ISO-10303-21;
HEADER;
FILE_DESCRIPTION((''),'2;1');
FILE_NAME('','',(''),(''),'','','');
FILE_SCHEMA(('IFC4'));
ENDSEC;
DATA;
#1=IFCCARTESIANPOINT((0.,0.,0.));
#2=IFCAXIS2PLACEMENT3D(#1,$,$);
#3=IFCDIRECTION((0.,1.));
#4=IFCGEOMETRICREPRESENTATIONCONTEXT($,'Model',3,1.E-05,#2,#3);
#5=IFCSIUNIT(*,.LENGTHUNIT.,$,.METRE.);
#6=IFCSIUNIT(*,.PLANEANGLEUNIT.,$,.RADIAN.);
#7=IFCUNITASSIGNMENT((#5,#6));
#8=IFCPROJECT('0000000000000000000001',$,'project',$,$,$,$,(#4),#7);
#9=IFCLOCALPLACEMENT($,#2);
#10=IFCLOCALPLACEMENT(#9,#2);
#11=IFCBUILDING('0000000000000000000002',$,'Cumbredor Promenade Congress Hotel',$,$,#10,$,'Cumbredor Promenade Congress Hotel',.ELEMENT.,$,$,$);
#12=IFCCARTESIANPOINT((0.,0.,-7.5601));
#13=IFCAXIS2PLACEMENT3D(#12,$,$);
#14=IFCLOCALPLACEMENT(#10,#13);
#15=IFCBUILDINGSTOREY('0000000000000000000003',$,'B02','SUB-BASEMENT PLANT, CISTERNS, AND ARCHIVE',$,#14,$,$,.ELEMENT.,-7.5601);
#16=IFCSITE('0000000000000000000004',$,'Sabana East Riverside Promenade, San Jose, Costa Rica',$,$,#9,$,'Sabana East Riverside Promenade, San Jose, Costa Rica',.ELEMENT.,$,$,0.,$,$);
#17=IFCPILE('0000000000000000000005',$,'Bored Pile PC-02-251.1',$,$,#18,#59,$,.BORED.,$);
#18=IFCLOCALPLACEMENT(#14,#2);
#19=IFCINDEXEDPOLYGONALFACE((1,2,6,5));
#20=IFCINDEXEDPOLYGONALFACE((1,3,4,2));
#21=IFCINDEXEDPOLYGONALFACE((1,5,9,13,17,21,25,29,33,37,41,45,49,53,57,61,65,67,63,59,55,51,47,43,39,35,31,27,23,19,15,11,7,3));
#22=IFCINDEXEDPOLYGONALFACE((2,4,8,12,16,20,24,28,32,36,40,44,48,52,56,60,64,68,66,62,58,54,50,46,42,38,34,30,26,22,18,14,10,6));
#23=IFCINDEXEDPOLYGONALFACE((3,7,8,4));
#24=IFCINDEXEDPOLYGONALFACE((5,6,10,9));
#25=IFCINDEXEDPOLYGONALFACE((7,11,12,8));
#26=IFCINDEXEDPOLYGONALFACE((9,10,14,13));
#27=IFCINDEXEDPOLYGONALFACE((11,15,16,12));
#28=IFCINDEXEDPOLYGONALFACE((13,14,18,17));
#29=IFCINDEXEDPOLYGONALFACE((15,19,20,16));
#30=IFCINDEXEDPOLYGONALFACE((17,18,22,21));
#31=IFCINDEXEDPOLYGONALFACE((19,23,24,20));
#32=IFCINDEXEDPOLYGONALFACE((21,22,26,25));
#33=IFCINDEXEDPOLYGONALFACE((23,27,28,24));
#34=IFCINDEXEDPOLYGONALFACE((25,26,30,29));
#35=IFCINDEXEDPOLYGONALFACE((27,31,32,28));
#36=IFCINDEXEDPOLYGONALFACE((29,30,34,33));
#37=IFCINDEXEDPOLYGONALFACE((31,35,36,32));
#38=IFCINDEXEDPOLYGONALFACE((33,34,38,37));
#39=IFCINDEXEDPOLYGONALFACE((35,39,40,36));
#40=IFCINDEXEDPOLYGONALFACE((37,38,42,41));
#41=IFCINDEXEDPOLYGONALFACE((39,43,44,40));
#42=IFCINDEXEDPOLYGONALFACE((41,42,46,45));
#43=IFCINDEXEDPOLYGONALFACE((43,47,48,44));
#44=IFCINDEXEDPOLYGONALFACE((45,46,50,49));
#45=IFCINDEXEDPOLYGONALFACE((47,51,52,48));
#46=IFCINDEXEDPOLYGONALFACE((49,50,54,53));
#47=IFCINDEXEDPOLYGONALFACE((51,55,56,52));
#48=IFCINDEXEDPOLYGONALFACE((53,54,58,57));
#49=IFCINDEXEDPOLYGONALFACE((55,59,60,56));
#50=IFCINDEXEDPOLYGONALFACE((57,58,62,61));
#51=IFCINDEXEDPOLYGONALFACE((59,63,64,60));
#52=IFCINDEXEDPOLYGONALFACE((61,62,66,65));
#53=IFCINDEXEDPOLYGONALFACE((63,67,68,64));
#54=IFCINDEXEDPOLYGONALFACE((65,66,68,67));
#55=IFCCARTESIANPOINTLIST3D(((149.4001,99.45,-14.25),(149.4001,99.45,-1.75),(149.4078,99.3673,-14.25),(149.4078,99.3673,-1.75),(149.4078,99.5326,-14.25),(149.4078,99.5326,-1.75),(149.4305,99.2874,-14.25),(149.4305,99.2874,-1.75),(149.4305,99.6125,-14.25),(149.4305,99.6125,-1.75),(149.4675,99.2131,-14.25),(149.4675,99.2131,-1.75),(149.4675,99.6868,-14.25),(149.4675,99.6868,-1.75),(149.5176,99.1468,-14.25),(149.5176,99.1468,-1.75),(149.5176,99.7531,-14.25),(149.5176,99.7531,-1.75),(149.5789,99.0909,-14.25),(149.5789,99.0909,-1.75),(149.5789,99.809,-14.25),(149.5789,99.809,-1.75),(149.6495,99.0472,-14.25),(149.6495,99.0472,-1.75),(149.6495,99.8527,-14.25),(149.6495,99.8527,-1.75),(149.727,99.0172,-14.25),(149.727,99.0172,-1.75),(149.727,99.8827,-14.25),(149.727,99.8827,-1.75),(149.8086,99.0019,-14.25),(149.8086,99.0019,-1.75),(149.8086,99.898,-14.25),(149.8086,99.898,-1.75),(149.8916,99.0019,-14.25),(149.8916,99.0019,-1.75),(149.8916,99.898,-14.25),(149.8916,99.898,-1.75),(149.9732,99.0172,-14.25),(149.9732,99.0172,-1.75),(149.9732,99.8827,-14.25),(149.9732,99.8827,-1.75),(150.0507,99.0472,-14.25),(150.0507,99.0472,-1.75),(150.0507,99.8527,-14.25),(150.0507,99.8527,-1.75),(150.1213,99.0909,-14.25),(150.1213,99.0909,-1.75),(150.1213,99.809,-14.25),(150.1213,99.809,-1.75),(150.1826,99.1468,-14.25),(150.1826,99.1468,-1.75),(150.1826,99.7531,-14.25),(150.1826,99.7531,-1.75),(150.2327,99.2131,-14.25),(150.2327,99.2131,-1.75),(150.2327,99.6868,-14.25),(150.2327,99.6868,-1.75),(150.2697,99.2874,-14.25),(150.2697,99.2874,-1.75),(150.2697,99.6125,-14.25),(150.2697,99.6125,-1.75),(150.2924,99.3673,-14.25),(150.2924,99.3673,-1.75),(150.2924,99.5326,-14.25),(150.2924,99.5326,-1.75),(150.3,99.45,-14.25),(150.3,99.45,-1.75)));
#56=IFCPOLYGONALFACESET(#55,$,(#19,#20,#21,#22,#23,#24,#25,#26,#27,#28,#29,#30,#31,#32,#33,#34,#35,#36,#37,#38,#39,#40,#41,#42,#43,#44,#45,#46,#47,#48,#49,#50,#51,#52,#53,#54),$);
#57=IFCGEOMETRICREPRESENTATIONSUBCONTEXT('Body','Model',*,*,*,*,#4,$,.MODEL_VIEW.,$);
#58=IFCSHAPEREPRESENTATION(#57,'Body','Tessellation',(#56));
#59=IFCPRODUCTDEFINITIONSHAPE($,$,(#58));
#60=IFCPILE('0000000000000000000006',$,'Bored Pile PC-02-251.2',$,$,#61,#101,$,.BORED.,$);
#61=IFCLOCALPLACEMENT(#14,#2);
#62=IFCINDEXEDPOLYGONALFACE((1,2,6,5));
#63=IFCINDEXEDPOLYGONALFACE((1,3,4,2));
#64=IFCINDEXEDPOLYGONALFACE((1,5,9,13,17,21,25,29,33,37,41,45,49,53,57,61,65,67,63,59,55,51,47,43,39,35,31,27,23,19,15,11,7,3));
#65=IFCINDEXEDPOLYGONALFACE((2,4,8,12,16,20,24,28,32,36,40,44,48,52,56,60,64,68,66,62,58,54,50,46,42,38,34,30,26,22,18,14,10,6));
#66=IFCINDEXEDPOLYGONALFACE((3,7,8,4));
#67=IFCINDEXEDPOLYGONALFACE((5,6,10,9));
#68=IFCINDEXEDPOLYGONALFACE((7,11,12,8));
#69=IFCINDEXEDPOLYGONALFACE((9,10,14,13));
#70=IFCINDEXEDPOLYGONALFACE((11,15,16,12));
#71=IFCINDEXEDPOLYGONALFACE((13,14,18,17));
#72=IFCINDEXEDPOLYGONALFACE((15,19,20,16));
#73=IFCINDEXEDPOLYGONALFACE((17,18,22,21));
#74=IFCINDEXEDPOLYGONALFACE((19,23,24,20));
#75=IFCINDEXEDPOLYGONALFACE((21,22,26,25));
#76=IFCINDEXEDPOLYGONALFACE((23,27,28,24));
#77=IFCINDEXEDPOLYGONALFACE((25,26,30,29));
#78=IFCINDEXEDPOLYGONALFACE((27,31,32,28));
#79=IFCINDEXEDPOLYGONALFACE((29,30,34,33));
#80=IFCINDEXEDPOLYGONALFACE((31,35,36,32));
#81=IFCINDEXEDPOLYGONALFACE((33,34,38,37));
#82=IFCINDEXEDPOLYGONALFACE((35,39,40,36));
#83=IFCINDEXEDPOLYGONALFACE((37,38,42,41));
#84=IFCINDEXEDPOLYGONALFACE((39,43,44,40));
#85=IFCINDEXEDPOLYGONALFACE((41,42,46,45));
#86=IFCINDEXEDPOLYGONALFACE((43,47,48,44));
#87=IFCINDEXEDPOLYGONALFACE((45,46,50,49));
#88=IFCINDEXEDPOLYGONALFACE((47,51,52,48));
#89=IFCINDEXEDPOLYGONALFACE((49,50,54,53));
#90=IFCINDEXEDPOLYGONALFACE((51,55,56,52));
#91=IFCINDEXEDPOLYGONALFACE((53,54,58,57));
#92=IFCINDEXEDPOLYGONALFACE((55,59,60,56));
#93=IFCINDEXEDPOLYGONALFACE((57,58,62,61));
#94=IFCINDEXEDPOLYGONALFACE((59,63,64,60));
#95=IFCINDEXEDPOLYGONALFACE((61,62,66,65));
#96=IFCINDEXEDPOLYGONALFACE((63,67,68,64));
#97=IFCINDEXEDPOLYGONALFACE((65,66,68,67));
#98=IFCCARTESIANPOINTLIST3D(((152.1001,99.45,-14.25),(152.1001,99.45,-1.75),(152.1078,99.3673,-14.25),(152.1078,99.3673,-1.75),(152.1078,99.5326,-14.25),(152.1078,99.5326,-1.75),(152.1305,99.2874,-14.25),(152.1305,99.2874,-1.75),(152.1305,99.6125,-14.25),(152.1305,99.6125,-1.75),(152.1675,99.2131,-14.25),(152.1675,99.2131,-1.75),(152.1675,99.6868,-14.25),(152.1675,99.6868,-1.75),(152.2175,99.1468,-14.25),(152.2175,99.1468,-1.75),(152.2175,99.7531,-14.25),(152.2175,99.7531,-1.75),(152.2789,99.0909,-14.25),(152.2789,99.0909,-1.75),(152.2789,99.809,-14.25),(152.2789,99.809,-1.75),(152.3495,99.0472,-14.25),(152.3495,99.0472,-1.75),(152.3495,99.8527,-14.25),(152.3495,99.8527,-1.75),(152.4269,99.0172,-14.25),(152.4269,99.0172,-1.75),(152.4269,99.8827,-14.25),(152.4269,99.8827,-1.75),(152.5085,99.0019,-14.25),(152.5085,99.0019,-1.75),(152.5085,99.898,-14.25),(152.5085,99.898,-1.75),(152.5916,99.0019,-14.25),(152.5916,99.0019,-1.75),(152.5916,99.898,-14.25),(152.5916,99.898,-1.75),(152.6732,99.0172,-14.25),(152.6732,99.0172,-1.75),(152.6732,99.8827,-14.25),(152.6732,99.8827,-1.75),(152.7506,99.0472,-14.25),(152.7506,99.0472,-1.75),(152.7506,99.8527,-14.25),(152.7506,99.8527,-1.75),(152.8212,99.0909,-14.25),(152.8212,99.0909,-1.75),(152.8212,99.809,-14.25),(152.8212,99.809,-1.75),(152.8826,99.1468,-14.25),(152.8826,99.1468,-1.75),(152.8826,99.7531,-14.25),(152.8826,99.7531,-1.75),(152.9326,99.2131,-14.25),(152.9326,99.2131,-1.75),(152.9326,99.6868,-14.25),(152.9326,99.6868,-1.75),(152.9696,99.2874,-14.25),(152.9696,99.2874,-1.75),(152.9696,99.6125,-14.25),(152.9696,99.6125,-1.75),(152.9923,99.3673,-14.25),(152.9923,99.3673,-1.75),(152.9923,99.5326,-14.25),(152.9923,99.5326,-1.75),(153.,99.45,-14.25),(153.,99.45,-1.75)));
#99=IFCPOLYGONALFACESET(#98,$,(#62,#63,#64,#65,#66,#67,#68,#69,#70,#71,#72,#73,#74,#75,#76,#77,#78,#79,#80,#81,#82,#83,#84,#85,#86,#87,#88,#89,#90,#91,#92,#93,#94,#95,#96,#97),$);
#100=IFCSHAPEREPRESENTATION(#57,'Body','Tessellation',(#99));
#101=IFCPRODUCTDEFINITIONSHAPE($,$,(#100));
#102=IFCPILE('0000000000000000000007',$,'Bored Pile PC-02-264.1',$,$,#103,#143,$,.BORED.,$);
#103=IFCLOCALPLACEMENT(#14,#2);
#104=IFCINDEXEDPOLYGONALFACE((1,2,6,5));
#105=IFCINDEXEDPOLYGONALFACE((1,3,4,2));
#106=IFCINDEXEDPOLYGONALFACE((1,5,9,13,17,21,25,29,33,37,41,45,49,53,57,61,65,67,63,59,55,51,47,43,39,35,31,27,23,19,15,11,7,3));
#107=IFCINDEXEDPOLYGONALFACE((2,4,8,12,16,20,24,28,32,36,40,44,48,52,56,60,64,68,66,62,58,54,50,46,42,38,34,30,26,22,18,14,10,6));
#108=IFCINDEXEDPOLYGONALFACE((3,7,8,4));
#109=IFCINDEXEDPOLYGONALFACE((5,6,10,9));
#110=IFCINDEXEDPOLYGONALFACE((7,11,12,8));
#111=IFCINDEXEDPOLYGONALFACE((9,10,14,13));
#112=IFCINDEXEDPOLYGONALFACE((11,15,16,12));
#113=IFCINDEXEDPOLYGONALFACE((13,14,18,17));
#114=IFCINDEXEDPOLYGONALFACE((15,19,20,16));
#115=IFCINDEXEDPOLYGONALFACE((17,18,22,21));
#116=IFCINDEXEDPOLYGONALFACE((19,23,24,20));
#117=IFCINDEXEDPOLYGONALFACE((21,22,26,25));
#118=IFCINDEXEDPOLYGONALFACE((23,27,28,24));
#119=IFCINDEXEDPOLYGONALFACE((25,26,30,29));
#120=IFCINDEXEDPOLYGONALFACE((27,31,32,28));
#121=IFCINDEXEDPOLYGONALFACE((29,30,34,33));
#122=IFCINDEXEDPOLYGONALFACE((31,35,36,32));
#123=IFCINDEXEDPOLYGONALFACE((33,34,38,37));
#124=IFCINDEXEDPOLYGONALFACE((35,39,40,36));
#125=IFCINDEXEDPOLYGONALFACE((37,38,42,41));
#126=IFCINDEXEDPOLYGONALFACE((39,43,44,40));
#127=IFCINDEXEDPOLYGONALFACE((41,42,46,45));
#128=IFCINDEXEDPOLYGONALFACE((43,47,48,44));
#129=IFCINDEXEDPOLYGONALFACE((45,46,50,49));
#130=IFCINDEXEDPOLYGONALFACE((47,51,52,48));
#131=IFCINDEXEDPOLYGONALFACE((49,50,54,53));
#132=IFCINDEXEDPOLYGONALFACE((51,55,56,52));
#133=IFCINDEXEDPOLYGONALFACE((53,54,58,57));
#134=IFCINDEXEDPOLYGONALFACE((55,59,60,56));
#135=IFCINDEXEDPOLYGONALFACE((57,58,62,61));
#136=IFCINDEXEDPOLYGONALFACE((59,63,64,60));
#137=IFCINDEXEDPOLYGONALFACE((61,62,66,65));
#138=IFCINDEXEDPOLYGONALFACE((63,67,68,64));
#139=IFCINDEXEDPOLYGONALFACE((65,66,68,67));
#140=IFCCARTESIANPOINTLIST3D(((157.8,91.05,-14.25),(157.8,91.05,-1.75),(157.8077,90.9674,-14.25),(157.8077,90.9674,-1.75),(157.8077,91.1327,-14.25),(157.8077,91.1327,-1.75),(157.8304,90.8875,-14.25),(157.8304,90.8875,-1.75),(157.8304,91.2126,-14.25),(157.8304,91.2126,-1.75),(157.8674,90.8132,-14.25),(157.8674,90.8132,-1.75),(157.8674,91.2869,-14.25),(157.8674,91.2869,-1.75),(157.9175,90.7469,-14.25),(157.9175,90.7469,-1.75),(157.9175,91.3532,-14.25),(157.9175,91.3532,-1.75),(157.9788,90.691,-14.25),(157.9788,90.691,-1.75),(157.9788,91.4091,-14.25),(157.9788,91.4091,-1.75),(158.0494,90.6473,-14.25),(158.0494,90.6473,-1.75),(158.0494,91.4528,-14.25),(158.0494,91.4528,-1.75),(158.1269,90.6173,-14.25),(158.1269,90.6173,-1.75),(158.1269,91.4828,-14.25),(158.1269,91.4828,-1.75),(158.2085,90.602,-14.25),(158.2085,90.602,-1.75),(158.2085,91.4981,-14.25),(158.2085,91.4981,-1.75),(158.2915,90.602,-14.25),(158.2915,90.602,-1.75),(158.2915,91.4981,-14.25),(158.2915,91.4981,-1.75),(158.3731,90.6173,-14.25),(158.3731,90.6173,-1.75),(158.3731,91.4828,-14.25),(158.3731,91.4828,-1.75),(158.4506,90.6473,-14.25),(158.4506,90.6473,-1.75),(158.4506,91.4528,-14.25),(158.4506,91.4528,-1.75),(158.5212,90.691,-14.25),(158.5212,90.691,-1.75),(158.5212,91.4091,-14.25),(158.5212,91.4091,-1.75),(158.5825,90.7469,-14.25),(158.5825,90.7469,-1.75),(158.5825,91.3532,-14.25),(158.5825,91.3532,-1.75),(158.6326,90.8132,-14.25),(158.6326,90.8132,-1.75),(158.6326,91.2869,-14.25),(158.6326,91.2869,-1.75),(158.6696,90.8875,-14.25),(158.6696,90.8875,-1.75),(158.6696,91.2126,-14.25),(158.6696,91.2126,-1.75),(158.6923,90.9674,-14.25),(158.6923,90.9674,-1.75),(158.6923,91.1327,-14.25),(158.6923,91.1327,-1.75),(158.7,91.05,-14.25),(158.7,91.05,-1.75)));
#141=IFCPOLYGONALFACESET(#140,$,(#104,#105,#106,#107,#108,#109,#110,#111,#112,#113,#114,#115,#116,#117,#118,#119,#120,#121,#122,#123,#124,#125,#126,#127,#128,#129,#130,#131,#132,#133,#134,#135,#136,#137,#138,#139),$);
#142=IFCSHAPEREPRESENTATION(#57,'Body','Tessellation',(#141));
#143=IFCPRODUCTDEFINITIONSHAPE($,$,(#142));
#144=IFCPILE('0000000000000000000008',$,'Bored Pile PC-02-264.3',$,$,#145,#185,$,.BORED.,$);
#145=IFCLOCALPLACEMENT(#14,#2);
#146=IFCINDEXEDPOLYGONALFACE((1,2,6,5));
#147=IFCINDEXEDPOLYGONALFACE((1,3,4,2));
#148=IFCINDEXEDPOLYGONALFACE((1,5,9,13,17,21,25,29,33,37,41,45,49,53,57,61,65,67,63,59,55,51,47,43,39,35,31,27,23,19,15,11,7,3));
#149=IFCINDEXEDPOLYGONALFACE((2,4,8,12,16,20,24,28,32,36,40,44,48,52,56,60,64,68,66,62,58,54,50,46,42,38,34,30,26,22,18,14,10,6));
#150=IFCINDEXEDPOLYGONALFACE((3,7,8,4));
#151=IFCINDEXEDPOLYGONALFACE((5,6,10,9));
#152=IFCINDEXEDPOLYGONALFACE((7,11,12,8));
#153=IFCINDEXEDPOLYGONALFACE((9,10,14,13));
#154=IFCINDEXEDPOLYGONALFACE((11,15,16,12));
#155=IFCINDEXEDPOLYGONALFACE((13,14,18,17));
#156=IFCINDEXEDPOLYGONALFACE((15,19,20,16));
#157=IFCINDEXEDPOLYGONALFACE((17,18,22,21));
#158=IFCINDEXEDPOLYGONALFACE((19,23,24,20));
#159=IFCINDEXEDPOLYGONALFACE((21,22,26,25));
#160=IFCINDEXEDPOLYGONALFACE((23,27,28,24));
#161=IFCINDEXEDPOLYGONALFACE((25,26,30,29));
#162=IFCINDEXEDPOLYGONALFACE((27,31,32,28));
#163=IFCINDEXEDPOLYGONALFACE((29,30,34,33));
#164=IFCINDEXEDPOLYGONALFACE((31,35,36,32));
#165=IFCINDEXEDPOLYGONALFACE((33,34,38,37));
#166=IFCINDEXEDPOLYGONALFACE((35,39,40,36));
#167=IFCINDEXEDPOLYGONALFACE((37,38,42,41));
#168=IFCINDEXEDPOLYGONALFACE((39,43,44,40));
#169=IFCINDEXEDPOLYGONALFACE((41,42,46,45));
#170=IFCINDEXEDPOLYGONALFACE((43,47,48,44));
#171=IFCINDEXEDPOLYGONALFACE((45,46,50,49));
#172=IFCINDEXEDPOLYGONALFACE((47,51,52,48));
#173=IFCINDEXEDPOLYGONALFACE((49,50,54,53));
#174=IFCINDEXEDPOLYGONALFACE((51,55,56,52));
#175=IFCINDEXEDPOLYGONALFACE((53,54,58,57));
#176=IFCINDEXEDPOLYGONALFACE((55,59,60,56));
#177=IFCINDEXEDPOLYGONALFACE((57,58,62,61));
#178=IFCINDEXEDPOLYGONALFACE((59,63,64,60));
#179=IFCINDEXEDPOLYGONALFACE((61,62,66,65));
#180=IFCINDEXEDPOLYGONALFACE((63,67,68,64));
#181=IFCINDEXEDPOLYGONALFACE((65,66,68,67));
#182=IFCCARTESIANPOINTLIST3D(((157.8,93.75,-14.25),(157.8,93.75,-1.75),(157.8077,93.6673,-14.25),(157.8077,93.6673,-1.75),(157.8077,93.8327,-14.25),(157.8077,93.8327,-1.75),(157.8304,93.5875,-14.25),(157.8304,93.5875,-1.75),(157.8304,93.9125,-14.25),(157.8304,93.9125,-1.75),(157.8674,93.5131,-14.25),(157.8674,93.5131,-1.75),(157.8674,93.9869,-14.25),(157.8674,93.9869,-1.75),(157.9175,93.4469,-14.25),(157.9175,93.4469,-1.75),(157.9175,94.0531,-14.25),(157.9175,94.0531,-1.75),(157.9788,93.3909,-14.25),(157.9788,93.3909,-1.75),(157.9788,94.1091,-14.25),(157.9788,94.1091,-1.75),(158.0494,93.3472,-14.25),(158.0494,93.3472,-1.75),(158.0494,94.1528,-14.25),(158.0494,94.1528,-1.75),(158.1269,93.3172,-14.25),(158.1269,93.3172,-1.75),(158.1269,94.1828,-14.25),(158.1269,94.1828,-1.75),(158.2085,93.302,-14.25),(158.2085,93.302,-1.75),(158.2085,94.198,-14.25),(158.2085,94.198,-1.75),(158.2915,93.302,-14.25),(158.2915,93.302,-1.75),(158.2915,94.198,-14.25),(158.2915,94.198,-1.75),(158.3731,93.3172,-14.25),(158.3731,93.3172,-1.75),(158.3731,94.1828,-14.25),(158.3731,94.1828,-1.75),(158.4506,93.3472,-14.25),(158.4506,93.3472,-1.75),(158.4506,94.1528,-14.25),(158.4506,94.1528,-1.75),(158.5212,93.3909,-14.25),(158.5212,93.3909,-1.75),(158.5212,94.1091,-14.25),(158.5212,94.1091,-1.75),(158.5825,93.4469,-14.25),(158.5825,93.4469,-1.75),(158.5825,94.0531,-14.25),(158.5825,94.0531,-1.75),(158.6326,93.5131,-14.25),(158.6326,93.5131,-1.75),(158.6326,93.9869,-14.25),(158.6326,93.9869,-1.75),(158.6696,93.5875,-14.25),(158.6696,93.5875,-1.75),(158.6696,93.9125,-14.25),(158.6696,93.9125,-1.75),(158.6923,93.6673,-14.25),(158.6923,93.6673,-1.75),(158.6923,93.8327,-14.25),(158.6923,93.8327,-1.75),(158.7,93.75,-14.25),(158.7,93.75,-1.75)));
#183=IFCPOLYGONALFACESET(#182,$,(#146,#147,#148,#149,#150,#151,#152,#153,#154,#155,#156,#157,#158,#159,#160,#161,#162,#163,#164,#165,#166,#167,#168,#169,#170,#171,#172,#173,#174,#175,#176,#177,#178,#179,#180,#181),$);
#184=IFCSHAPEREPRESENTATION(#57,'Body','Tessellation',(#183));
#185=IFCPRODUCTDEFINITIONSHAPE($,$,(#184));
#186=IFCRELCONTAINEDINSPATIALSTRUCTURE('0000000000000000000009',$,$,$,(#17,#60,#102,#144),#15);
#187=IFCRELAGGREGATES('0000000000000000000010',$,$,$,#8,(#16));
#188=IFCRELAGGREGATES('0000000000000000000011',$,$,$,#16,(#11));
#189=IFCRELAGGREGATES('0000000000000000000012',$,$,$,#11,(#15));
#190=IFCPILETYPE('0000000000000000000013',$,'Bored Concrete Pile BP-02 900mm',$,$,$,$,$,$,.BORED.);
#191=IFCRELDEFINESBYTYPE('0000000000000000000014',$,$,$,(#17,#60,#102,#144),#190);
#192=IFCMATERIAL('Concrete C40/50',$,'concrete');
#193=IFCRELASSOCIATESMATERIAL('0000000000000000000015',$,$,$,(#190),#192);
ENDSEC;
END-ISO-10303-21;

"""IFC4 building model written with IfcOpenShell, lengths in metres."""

from ifc_helpers import new_model, si_unit, direction, frame, origin, origin_2d, place, context, subcontext, project, spatial, circle, extrude, material, material_profile, profile_set, type_object, element, save


model = new_model("IFC4")

# Units and contexts
model_context = context("Model", 3, precision=1e-05, world=origin(), true_north=direction((0.0, 1.0)))
body_context = subcontext(model_context, "Body", "Model", "MODEL_VIEW")
ifc_project = project(units=[si_unit("LENGTHUNIT", "METRE"), si_unit("PLANEANGLEUNIT", "RADIAN")], contexts=[model_context])

# Site, building, storey
site_placement = place(None, origin())
site = spatial("IfcSite", under=ifc_project, at=site_placement, Name="Sabana East Riverside Promenade, San Jose, Costa Rica", LongName="Sabana East Riverside Promenade, San Jose, Costa Rica", CompositionType="ELEMENT", RefElevation=0.0)
building_placement = place(site_placement, origin())
building = spatial("IfcBuilding", under=site, at=building_placement, Name="Cumbredor Promenade Congress Hotel", LongName="Cumbredor Promenade Congress Hotel", CompositionType="ELEMENT")
storey_placement = place(building_placement, frame((0.0, 0.0, -7.5601)))
storey = spatial("IfcBuildingStorey", under=building, at=storey_placement, Name="B02", Description="SUB-BASEMENT PLANT, CISTERNS, AND ARCHIVE", CompositionType="ELEMENT", Elevation=-7.5601)

# Piles
ifc_material_1 = material(Name="Concrete C40/50", Category="concrete")
ifc_material_profile_1 = material_profile(ifc_material_1, circle(Radius=0.45, at=origin_2d()), Name="PILE D900")
ifc_profile_set_1 = profile_set([ifc_material_profile_1], Name="Concrete C40/50")
pile_type = type_object("IfcPileType", Name="Bored Concrete Pile BP-02 900mm", PredefinedType="BORED", material=ifc_profile_set_1)
for number, where, z_axis, x_axis, name in (
    (1, (149.8501, 99.45, -1.75), (0.0, 0.0, -1.0), (1.0, 0.0, 0.0), "Bored Pile PC-02-251.1"),
    (2, (152.55, 99.45, -1.75), (0.0, 0.0, -1.0), (1.0, 0.0, 0.0), "Bored Pile PC-02-251.2"),
    (3, (158.25, 91.05, -1.75), (0.0, 0.0, -1.0), (1.0, 0.0, 0.0), "Bored Pile PC-02-264.1"),
    (4, (158.25, 93.75, -1.75), (0.0, 0.0, -1.0), (1.0, 0.0, 0.0), "Bored Pile PC-02-264.3"),
):
    element("IfcPile", number, at=place(storey_placement, frame(where, z_axis=z_axis, x_axis=x_axis)), inside=storey, type_object=pile_type, Name=name, PredefinedType="BORED", context=body_context, shape_type="SweptSolid", body=[
        extrude(circle(Radius=0.45, at=origin_2d()), origin(), (0.0, 0.0, 1.0), 12.5),
    ])

save(model, "model.ifc")
